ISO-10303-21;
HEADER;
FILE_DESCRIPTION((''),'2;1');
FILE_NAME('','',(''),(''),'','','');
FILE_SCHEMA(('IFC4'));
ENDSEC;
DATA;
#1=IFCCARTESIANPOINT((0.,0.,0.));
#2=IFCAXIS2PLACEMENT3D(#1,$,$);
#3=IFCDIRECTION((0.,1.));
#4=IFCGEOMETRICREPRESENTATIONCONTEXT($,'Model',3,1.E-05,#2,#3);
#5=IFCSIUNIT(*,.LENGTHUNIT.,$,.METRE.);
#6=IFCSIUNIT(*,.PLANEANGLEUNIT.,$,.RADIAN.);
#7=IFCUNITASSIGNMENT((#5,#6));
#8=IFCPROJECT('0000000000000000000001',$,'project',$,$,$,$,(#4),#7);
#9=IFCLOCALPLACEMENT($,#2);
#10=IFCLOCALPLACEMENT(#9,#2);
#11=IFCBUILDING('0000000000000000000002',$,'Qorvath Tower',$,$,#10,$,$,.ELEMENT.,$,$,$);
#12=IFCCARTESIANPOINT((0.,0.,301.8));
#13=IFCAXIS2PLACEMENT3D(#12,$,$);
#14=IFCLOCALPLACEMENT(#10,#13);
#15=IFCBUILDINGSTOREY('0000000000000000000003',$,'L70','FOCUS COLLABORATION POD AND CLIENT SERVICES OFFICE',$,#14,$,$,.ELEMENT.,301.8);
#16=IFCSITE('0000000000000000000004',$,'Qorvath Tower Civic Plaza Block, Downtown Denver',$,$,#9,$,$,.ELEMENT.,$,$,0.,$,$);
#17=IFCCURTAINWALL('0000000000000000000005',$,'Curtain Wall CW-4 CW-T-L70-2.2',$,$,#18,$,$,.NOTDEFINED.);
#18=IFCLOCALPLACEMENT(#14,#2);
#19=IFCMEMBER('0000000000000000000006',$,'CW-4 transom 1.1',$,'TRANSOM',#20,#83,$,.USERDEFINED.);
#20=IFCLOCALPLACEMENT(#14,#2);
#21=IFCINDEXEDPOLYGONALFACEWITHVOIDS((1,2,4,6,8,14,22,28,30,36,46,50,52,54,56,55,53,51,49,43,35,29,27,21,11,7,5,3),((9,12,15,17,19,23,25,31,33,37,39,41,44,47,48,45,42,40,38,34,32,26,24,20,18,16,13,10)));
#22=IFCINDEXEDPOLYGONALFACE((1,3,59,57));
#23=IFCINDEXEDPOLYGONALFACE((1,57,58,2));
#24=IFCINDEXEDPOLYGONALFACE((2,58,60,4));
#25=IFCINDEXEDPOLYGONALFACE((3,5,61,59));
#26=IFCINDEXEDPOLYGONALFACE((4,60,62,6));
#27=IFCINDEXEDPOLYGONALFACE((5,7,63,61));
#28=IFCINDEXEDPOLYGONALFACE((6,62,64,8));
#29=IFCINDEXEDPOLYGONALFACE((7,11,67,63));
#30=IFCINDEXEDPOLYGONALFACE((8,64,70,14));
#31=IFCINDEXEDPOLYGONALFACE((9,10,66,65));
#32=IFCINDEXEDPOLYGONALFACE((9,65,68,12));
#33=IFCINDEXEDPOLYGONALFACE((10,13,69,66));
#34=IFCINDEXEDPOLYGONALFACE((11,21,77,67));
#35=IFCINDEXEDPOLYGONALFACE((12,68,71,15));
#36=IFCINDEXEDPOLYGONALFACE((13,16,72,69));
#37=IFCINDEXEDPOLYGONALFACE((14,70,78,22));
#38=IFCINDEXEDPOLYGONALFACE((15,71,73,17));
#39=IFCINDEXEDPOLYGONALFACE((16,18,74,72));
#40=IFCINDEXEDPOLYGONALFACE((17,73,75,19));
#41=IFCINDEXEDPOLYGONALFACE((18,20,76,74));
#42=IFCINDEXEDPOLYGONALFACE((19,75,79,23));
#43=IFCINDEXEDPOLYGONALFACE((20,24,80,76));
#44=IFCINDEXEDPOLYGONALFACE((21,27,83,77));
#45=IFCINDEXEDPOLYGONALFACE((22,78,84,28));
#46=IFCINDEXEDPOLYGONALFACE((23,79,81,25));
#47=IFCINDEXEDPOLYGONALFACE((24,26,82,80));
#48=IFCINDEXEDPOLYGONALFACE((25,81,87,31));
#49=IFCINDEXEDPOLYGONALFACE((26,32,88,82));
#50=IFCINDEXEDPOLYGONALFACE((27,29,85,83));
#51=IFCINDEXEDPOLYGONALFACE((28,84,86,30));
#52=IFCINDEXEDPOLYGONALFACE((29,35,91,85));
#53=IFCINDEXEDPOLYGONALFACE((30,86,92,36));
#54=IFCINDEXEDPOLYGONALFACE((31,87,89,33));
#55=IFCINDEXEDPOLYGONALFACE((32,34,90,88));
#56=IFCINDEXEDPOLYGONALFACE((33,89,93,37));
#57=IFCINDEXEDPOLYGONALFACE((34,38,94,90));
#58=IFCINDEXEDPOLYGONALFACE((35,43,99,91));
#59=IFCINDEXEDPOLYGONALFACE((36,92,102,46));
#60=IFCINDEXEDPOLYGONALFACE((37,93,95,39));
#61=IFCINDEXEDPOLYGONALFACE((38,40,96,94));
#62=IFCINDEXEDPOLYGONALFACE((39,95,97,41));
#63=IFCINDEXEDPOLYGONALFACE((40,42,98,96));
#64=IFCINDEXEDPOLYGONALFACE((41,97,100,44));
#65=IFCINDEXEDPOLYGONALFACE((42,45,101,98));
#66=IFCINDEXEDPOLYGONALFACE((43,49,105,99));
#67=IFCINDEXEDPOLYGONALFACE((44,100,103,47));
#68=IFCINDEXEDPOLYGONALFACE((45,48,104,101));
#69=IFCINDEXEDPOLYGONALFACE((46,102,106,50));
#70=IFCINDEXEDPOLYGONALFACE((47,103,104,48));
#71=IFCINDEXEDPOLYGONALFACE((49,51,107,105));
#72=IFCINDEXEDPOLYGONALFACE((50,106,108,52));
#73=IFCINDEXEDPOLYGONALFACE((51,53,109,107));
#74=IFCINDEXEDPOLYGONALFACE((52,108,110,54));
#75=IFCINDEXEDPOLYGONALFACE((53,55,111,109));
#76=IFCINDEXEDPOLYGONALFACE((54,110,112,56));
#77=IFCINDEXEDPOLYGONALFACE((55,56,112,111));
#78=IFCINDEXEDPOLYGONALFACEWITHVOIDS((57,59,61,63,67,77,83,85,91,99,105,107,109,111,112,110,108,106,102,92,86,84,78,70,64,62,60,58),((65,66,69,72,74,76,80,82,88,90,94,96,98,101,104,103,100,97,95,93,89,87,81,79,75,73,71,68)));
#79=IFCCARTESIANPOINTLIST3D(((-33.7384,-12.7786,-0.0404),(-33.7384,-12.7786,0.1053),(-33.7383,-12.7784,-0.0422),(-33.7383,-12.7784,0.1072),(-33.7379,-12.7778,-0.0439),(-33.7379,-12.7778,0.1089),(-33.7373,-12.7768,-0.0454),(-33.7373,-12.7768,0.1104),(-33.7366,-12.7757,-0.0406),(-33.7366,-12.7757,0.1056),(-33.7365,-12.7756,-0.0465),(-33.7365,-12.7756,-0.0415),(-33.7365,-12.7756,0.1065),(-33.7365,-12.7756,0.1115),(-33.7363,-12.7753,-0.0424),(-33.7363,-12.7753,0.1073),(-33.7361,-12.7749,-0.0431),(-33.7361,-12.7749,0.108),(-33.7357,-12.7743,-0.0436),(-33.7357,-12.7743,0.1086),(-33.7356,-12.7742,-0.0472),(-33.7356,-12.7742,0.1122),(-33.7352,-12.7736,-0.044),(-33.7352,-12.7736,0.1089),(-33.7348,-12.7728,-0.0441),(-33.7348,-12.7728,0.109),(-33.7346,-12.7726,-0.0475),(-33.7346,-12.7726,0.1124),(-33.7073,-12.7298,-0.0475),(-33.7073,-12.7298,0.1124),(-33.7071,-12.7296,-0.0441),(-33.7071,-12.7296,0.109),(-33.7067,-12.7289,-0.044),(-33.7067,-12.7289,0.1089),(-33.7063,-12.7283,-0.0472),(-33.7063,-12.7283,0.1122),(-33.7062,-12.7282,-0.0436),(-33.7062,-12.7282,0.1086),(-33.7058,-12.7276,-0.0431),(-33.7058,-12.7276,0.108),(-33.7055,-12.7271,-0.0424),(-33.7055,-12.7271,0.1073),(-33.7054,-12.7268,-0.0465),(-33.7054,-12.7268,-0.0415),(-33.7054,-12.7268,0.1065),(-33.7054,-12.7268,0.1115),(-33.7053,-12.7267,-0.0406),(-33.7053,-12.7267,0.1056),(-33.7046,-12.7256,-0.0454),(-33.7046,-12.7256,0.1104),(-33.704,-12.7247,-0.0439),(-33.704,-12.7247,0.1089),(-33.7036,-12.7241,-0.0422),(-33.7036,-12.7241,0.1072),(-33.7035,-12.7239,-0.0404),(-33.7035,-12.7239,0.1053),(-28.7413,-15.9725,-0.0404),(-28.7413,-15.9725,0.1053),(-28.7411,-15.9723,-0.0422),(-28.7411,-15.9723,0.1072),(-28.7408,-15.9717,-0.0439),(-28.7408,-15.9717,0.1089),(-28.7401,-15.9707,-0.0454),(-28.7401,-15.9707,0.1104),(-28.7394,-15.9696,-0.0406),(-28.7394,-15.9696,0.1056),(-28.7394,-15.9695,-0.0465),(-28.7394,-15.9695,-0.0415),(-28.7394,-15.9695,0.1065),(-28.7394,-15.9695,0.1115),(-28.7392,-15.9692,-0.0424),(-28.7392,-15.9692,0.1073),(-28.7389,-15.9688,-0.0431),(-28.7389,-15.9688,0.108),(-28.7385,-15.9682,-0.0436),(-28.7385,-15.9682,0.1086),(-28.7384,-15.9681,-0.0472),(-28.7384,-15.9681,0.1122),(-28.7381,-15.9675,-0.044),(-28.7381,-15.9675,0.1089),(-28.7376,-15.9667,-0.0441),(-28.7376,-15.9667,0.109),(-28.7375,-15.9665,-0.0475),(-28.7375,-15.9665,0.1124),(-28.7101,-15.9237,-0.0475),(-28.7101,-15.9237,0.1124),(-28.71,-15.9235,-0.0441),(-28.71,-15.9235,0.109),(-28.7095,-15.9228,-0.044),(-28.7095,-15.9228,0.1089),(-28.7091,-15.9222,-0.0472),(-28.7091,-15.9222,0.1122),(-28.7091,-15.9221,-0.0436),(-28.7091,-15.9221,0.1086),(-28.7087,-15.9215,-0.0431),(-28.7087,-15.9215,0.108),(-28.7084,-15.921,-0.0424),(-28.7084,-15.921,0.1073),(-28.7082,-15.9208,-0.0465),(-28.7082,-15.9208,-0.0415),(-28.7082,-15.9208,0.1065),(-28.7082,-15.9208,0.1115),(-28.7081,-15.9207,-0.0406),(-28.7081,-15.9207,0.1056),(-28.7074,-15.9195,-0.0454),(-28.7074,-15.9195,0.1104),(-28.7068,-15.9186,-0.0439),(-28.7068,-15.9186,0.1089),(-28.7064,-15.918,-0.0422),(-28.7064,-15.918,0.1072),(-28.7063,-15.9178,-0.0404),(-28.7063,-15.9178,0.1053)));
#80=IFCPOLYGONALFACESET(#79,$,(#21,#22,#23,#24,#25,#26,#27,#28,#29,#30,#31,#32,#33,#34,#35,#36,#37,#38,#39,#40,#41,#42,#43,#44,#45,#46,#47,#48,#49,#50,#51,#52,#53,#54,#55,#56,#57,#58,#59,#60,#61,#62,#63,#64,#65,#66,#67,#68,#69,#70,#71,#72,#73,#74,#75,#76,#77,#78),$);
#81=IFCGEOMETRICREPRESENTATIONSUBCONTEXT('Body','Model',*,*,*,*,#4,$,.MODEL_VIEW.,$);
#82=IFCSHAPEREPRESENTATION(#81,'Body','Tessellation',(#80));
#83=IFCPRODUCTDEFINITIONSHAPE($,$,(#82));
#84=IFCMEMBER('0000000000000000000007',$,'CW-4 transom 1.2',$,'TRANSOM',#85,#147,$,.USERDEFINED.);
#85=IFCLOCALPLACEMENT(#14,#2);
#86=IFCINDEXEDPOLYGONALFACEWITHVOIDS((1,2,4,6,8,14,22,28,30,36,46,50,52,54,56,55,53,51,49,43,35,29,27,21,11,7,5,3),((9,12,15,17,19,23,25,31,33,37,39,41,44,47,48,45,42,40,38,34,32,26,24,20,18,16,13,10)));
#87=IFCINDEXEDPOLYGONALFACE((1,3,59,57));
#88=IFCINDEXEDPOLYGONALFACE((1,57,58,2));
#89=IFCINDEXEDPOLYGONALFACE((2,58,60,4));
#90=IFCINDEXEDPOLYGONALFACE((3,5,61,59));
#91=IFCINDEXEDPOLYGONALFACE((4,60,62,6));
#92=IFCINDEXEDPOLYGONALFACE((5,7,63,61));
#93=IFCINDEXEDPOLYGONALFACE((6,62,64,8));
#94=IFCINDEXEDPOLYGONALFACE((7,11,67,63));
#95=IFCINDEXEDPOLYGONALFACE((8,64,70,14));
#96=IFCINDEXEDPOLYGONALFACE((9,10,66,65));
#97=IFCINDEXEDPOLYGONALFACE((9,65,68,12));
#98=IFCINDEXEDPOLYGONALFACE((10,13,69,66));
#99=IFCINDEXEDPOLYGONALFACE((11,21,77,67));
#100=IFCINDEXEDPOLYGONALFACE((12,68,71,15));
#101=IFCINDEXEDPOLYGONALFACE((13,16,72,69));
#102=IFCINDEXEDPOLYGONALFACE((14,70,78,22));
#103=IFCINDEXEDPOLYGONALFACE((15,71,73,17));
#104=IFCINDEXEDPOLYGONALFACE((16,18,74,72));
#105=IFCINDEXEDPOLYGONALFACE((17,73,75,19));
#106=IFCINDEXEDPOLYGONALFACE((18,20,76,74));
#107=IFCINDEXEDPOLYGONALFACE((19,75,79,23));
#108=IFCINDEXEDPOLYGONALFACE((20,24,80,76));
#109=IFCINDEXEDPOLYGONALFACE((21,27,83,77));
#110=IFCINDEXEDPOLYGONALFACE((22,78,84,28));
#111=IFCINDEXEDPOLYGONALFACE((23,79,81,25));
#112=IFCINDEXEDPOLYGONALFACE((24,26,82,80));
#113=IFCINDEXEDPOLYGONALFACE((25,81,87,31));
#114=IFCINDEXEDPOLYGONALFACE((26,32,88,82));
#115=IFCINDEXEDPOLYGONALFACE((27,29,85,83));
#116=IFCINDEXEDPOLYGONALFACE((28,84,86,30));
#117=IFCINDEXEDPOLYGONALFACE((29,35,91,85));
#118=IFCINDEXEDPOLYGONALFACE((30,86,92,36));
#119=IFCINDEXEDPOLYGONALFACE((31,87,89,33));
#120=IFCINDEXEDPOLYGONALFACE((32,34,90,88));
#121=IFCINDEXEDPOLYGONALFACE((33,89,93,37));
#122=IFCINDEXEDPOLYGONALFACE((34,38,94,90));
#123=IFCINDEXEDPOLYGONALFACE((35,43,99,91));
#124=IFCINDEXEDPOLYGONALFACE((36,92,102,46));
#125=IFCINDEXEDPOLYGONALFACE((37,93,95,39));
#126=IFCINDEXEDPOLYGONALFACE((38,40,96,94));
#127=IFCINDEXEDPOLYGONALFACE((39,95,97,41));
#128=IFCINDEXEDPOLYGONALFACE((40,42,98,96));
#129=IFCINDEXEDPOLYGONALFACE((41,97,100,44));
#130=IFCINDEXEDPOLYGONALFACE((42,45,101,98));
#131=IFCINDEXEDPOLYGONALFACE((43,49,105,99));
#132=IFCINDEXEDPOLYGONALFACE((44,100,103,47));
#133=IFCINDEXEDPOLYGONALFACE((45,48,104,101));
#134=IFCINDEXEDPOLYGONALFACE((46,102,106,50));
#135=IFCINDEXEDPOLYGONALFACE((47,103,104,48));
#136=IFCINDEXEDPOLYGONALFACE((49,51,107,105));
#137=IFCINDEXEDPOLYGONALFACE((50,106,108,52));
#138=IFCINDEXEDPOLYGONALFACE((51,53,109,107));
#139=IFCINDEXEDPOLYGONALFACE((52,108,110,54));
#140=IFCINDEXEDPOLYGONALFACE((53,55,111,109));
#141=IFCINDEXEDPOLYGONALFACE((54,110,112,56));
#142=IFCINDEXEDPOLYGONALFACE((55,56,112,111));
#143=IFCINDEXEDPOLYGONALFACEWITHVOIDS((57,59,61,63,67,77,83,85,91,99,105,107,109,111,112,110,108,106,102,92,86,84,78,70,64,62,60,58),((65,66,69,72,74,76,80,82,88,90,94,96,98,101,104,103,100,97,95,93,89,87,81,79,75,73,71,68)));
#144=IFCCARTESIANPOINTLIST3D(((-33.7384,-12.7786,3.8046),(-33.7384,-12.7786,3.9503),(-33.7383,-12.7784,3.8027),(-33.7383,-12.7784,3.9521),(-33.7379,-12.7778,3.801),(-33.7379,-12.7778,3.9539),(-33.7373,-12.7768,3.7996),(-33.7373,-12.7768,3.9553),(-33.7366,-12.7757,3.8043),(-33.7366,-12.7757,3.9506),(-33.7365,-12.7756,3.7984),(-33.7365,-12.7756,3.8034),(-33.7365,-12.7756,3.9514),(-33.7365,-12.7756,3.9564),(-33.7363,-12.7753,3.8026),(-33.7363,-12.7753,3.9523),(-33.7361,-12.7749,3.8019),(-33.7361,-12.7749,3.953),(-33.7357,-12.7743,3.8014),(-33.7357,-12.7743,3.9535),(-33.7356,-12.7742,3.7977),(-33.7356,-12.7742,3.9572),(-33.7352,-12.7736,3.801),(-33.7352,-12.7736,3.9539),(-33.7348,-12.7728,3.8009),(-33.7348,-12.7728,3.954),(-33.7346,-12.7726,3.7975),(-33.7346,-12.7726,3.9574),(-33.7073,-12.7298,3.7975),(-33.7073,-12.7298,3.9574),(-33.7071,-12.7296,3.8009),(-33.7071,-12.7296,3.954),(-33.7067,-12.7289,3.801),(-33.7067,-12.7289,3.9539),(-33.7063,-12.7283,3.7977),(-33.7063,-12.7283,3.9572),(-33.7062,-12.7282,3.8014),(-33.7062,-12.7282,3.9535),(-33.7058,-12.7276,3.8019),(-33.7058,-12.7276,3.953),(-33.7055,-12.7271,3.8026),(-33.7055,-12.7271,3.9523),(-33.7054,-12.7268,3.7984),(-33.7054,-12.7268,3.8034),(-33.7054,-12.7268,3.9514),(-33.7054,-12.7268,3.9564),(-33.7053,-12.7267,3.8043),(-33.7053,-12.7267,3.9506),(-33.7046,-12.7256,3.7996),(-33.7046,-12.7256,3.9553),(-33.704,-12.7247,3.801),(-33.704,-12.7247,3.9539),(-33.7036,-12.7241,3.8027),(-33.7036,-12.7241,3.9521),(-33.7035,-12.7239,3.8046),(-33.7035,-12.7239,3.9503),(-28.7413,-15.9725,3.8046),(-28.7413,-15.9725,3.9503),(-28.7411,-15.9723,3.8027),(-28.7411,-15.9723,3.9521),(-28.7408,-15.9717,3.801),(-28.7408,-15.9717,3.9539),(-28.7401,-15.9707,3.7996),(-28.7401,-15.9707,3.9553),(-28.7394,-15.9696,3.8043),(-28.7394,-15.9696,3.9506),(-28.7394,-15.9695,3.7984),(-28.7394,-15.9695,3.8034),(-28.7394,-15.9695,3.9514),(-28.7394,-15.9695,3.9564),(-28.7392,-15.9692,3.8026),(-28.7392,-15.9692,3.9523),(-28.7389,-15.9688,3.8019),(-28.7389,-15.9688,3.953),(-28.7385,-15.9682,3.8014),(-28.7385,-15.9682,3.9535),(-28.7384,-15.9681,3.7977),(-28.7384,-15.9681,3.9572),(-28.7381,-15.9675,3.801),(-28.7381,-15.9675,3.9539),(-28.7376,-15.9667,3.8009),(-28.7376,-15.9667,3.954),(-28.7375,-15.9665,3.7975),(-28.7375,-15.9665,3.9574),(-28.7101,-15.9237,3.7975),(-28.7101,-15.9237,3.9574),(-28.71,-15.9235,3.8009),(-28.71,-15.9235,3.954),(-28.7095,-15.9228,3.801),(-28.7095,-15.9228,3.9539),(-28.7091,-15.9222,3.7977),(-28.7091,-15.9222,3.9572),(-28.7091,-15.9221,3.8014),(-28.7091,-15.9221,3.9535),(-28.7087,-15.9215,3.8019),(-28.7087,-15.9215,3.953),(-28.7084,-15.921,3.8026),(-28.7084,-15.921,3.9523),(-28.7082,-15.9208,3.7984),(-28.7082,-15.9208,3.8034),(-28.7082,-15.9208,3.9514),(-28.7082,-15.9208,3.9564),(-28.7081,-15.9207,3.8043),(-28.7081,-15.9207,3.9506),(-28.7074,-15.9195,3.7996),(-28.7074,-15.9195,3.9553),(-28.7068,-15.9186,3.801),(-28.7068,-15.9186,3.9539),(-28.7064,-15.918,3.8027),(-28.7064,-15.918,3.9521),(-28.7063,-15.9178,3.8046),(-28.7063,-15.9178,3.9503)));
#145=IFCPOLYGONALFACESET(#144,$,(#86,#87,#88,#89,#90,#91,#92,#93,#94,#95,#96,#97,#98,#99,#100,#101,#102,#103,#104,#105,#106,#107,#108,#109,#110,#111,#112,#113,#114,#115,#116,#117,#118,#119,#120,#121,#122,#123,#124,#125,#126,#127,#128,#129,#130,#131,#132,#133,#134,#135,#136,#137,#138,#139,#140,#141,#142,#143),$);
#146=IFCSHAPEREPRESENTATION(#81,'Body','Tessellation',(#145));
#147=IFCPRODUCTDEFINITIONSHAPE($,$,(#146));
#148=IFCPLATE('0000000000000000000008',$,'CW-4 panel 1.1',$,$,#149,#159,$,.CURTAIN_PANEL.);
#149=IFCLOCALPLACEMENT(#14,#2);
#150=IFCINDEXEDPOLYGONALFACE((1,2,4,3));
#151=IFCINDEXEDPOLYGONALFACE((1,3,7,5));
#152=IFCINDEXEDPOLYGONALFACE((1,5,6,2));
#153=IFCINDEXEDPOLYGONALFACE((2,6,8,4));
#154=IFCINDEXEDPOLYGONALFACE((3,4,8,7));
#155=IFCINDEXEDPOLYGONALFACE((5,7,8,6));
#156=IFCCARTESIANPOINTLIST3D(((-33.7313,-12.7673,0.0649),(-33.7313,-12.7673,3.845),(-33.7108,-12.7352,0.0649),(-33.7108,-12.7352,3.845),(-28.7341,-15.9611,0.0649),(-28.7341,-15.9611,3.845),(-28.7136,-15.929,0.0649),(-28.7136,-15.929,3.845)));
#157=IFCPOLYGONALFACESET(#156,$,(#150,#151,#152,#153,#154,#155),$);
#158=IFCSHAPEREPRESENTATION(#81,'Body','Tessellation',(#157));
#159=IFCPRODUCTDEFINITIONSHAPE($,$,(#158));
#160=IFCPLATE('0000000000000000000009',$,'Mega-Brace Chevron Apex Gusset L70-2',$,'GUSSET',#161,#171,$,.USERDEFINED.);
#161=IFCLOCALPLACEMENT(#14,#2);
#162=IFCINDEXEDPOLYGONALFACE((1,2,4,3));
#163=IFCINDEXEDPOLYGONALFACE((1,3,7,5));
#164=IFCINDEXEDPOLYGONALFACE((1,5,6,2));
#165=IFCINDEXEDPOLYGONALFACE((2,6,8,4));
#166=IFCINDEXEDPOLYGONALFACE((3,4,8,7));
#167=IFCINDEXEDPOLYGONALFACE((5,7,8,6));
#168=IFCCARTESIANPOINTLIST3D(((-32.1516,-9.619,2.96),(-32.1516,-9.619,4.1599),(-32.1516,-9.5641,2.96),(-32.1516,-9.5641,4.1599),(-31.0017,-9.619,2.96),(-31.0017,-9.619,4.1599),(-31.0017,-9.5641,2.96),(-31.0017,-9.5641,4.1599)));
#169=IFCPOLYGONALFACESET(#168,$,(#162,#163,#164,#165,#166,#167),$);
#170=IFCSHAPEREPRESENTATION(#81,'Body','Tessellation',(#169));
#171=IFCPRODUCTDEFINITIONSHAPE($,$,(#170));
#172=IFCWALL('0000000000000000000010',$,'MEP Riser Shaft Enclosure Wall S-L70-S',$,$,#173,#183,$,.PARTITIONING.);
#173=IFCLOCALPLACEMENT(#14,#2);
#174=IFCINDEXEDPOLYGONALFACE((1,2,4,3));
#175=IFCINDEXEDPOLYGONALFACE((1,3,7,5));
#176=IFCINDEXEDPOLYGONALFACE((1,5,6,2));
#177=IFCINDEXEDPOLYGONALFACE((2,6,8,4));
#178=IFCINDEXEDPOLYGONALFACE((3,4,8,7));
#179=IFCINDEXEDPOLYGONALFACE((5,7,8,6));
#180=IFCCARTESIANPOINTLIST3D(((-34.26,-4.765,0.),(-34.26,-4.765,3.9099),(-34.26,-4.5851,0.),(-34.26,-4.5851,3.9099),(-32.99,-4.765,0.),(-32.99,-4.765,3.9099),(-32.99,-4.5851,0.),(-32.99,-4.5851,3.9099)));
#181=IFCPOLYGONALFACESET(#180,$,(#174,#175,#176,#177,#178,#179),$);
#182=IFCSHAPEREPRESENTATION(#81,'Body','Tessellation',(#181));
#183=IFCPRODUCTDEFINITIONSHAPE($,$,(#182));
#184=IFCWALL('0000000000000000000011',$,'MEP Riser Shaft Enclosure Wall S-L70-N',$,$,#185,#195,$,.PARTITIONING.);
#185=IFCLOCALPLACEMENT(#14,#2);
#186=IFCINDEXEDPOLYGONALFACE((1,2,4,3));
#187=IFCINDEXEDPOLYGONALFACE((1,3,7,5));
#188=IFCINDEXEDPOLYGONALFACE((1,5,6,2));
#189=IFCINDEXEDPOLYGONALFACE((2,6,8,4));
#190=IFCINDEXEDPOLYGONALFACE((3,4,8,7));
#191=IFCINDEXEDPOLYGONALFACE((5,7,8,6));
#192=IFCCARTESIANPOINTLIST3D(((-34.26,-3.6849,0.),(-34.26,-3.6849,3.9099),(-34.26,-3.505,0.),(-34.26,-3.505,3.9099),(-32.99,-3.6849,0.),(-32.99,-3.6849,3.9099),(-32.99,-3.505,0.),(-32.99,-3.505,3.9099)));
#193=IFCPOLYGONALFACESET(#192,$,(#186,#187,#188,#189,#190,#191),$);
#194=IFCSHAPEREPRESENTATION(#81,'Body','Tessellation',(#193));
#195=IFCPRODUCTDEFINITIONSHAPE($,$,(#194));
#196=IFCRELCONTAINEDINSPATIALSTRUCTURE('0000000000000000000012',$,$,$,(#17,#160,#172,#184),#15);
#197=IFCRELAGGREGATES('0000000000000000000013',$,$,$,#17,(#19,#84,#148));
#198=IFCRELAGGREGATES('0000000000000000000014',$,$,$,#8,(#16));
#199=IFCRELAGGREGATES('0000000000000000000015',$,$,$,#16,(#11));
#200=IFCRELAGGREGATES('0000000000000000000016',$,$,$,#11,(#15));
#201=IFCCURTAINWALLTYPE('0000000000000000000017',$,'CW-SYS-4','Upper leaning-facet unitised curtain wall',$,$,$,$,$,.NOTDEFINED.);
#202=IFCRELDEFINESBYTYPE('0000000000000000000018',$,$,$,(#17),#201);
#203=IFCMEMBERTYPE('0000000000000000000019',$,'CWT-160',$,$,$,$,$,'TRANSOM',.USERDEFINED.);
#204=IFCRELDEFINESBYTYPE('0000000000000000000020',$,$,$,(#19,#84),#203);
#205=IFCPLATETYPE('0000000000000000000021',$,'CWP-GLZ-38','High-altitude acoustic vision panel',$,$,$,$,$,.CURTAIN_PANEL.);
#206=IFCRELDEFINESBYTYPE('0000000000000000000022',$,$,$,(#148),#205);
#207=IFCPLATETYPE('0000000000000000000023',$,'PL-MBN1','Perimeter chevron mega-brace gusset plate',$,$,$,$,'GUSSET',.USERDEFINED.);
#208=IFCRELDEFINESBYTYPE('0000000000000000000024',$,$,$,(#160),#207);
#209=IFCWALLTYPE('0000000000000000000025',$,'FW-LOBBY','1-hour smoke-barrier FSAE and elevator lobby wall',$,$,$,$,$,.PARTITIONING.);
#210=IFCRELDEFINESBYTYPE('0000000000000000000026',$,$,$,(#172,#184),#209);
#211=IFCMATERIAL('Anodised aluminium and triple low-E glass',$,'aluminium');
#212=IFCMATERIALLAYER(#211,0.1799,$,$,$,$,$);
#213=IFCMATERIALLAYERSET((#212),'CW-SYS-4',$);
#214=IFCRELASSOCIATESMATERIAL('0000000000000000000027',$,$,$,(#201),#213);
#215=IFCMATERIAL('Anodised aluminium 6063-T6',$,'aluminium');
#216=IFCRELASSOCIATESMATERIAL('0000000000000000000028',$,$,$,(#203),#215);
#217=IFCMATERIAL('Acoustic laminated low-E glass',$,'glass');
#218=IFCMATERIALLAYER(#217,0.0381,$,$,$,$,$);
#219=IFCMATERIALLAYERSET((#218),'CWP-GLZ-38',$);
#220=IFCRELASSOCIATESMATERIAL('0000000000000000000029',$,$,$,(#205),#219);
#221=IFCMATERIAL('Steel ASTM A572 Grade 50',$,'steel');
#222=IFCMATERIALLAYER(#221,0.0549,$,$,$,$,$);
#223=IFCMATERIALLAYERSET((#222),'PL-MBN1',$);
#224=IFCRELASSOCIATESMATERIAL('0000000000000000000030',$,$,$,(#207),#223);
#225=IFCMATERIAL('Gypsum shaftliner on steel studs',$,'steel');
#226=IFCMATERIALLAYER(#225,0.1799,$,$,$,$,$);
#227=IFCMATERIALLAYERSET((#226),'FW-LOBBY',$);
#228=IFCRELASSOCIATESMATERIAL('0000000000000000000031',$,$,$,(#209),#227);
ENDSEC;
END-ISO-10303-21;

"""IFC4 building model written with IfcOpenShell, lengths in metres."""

from ifc_helpers import new_model, si_unit, direction, frame, frame_2d, origin, origin_2d, place, context, subcontext, project, spatial, rectangle, hollow_rectangle, extrude, material, layer, layer_set, material_profile, profile_set, type_object, element, aggregate, save


model = new_model("IFC4")

# Units and contexts
model_context = context("Model", 3, precision=1e-05, world=origin(), true_north=direction((0.0, 1.0)))
body_context = subcontext(model_context, "Body", "Model", "MODEL_VIEW")
ifc_project = project(units=[si_unit("LENGTHUNIT", "METRE"), si_unit("PLANEANGLEUNIT", "RADIAN")], contexts=[model_context])

# Site, building, storey
site_placement = place(None, origin())
site = spatial("IfcSite", under=ifc_project, at=site_placement, Name="Qorvath Tower Civic Plaza Block, Downtown Denver", CompositionType="ELEMENT", RefElevation=0.0)
building_placement = place(site_placement, origin())
building = spatial("IfcBuilding", under=site, at=building_placement, Name="Qorvath Tower", CompositionType="ELEMENT")
storey_placement = place(building_placement, frame((0.0, 0.0, 301.8)))
storey = spatial("IfcBuildingStorey", under=building, at=storey_placement, Name="L70", Description="FOCUS COLLABORATION POD AND CLIENT SERVICES OFFICE", CompositionType="ELEMENT", Elevation=301.8)

# Shared definitions
ifc_material_1 = material(Name="Anodised aluminium and triple low-E glass", Category="aluminium")
ifc_layer_1 = layer(ifc_material_1, 0.1799)
ifc_layer_set_1 = layer_set([ifc_layer_1], Name="CW-SYS-4")
curtain_wall_type = type_object("IfcCurtainWallType", Name="CW-SYS-4", Description="Upper leaning-facet unitised curtain wall", PredefinedType="NOTDEFINED", material=ifc_layer_set_1)

# Curtain wall, members, plate
curtain_wall_1_placement = place(storey_placement, origin())
curtain_wall_1 = element("IfcCurtainWall", 1, at=curtain_wall_1_placement, inside=storey, type_object=curtain_wall_type, Name="Curtain Wall CW-4 CW-T-L70-2.2", PredefinedType="NOTDEFINED")
ifc_material_2 = material(Name="Anodised aluminium 6063-T6", Category="aluminium")
ifc_material_profile_1 = material_profile(ifc_material_2, hollow_rectangle(XDim=0.0649, YDim=0.1599, WallThickness=0.0034, InnerFilletRadius=0.0034, OuterFilletRadius=0.0071, at=origin_2d()), Name="CWT 160x65")
ifc_profile_set_1 = profile_set([ifc_material_profile_1], Name="Anodised aluminium 6063-T6")
member_type_1 = type_object("IfcMemberType", Name="CWT-160", ElementType="TRANSOM", PredefinedType="USERDEFINED", material=ifc_profile_set_1)
member_1_placement = place(storey_placement, frame((-33.7209, -12.7512, 0.0325), z_axis=(0.842599, -0.538542, 0.0), x_axis=(0.538542, 0.842599, 0.0)))
member_1 = element("IfcMember", 2, at=member_1_placement, type_object=member_type_1, Name="CW-4 transom 1.1", ObjectType="TRANSOM", PredefinedType="USERDEFINED", context=body_context, shape_type="SweptSolid", body=[
    extrude(hollow_rectangle(XDim=0.0649, YDim=0.1599, WallThickness=0.0034, InnerFilletRadius=0.0034, OuterFilletRadius=0.0071, at=origin_2d()), origin(), (0.0, 0.0, 1.0), 5.9307),
])
member_2_placement = place(storey_placement, frame((-33.7209, -12.7512, 3.8774), z_axis=(0.842599, -0.538542, 0.0), x_axis=(0.538542, 0.842599, 0.0)))
member_2 = element("IfcMember", 3, at=member_2_placement, type_object=member_type_1, Name="CW-4 transom 1.2", ObjectType="TRANSOM", PredefinedType="USERDEFINED", context=body_context, shape_type="SweptSolid", body=[
    extrude(hollow_rectangle(XDim=0.0649, YDim=0.1599, WallThickness=0.0034, InnerFilletRadius=0.0034, OuterFilletRadius=0.0071, at=origin_2d()), origin(), (0.0, 0.0, 1.0), 5.9307),
])
ifc_material_3 = material(Name="Acoustic laminated low-E glass", Category="glass")
ifc_layer_2 = layer(ifc_material_3, 0.0381)
ifc_layer_set_2 = layer_set([ifc_layer_2], Name="CWP-GLZ-38")
plate_type_1 = type_object("IfcPlateType", Name="CWP-GLZ-38", Description="High-altitude acoustic vision panel", PredefinedType="CURTAIN_PANEL", material=ifc_layer_set_2)
plate_1_placement = place(storey_placement, frame((-31.2224, -14.3481, 0.0649), z_axis=(0.0, 0.0, 1.0), x_axis=(0.842603, -0.538535, 0.0)))
plate_1 = element("IfcPlate", 4, at=plate_1_placement, type_object=plate_type_1, Name="CW-4 panel 1.1", PredefinedType="CURTAIN_PANEL", context=body_context, shape_type="SweptSolid", body=[
    extrude(rectangle(XDim=5.9307, YDim=0.0381, at=origin_2d()), origin(), (0.0, 0.0, 1.0), 3.78),
])
aggregate(curtain_wall_1, [member_1, member_2, plate_1])

# Plate
ifc_material_4 = material(Name="Steel ASTM A572 Grade 50", Category="steel")
ifc_layer_3 = layer(ifc_material_4, 0.0549)
ifc_layer_set_3 = layer_set([ifc_layer_3], Name="PL-MBN1")
plate_type_2 = type_object("IfcPlateType", Name="PL-MBN1", Description="Perimeter chevron mega-brace gusset plate", ElementType="GUSSET", PredefinedType="USERDEFINED", material=ifc_layer_set_3)
plate_2_placement = place(storey_placement, frame((-31.5767, -9.5916, 2.96), z_axis=(0.0, 0.0, 1.0), x_axis=(1.0, 0.0, 0.0)))
element("IfcPlate", 5, at=plate_2_placement, inside=storey, type_object=plate_type_2, Name="Mega-Brace Chevron Apex Gusset L70-2", ObjectType="GUSSET", PredefinedType="USERDEFINED", context=body_context, shape_type="SweptSolid", body=[
    extrude(rectangle(XDim=1.1499, YDim=0.0549, at=origin_2d()), origin(), (0.0, 0.0, 1.0), 1.2),
])

# Walls
ifc_material_5 = material(Name="Gypsum shaftliner on steel studs", Category="steel")
ifc_layer_4 = layer(ifc_material_5, 0.1799)
ifc_layer_set_4 = layer_set([ifc_layer_4], Name="FW-LOBBY")
wall_type_1 = type_object("IfcWallType", Name="FW-LOBBY", Description="1-hour smoke-barrier FSAE and elevator lobby wall", PredefinedType="PARTITIONING", material=ifc_layer_set_4)
for number, where, z_axis, x_axis, name in (
    (6, (-32.99, -4.675, 0.0), (0.0, 0.0, 1.0), (-1.0, 0.0, 0.0), "MEP Riser Shaft Enclosure Wall S-L70-S"),
    (7, (-34.26, -3.595, 0.0), (0.0, 0.0, 1.0), (1.0, 0.0, 0.0), "MEP Riser Shaft Enclosure Wall S-L70-N"),
):
    element("IfcWall", number, at=place(storey_placement, frame(where, z_axis=z_axis, x_axis=x_axis)), inside=storey, type_object=wall_type_1, Name=name, PredefinedType="PARTITIONING", context=body_context, shape_type="SweptSolid", body=[
        extrude(rectangle(XDim=1.27, YDim=0.1799, at=frame_2d((0.635, 0.0))), origin(), (0.0, 0.0, 1.0), 3.9099),
    ])

save(model, "model.ifc")
